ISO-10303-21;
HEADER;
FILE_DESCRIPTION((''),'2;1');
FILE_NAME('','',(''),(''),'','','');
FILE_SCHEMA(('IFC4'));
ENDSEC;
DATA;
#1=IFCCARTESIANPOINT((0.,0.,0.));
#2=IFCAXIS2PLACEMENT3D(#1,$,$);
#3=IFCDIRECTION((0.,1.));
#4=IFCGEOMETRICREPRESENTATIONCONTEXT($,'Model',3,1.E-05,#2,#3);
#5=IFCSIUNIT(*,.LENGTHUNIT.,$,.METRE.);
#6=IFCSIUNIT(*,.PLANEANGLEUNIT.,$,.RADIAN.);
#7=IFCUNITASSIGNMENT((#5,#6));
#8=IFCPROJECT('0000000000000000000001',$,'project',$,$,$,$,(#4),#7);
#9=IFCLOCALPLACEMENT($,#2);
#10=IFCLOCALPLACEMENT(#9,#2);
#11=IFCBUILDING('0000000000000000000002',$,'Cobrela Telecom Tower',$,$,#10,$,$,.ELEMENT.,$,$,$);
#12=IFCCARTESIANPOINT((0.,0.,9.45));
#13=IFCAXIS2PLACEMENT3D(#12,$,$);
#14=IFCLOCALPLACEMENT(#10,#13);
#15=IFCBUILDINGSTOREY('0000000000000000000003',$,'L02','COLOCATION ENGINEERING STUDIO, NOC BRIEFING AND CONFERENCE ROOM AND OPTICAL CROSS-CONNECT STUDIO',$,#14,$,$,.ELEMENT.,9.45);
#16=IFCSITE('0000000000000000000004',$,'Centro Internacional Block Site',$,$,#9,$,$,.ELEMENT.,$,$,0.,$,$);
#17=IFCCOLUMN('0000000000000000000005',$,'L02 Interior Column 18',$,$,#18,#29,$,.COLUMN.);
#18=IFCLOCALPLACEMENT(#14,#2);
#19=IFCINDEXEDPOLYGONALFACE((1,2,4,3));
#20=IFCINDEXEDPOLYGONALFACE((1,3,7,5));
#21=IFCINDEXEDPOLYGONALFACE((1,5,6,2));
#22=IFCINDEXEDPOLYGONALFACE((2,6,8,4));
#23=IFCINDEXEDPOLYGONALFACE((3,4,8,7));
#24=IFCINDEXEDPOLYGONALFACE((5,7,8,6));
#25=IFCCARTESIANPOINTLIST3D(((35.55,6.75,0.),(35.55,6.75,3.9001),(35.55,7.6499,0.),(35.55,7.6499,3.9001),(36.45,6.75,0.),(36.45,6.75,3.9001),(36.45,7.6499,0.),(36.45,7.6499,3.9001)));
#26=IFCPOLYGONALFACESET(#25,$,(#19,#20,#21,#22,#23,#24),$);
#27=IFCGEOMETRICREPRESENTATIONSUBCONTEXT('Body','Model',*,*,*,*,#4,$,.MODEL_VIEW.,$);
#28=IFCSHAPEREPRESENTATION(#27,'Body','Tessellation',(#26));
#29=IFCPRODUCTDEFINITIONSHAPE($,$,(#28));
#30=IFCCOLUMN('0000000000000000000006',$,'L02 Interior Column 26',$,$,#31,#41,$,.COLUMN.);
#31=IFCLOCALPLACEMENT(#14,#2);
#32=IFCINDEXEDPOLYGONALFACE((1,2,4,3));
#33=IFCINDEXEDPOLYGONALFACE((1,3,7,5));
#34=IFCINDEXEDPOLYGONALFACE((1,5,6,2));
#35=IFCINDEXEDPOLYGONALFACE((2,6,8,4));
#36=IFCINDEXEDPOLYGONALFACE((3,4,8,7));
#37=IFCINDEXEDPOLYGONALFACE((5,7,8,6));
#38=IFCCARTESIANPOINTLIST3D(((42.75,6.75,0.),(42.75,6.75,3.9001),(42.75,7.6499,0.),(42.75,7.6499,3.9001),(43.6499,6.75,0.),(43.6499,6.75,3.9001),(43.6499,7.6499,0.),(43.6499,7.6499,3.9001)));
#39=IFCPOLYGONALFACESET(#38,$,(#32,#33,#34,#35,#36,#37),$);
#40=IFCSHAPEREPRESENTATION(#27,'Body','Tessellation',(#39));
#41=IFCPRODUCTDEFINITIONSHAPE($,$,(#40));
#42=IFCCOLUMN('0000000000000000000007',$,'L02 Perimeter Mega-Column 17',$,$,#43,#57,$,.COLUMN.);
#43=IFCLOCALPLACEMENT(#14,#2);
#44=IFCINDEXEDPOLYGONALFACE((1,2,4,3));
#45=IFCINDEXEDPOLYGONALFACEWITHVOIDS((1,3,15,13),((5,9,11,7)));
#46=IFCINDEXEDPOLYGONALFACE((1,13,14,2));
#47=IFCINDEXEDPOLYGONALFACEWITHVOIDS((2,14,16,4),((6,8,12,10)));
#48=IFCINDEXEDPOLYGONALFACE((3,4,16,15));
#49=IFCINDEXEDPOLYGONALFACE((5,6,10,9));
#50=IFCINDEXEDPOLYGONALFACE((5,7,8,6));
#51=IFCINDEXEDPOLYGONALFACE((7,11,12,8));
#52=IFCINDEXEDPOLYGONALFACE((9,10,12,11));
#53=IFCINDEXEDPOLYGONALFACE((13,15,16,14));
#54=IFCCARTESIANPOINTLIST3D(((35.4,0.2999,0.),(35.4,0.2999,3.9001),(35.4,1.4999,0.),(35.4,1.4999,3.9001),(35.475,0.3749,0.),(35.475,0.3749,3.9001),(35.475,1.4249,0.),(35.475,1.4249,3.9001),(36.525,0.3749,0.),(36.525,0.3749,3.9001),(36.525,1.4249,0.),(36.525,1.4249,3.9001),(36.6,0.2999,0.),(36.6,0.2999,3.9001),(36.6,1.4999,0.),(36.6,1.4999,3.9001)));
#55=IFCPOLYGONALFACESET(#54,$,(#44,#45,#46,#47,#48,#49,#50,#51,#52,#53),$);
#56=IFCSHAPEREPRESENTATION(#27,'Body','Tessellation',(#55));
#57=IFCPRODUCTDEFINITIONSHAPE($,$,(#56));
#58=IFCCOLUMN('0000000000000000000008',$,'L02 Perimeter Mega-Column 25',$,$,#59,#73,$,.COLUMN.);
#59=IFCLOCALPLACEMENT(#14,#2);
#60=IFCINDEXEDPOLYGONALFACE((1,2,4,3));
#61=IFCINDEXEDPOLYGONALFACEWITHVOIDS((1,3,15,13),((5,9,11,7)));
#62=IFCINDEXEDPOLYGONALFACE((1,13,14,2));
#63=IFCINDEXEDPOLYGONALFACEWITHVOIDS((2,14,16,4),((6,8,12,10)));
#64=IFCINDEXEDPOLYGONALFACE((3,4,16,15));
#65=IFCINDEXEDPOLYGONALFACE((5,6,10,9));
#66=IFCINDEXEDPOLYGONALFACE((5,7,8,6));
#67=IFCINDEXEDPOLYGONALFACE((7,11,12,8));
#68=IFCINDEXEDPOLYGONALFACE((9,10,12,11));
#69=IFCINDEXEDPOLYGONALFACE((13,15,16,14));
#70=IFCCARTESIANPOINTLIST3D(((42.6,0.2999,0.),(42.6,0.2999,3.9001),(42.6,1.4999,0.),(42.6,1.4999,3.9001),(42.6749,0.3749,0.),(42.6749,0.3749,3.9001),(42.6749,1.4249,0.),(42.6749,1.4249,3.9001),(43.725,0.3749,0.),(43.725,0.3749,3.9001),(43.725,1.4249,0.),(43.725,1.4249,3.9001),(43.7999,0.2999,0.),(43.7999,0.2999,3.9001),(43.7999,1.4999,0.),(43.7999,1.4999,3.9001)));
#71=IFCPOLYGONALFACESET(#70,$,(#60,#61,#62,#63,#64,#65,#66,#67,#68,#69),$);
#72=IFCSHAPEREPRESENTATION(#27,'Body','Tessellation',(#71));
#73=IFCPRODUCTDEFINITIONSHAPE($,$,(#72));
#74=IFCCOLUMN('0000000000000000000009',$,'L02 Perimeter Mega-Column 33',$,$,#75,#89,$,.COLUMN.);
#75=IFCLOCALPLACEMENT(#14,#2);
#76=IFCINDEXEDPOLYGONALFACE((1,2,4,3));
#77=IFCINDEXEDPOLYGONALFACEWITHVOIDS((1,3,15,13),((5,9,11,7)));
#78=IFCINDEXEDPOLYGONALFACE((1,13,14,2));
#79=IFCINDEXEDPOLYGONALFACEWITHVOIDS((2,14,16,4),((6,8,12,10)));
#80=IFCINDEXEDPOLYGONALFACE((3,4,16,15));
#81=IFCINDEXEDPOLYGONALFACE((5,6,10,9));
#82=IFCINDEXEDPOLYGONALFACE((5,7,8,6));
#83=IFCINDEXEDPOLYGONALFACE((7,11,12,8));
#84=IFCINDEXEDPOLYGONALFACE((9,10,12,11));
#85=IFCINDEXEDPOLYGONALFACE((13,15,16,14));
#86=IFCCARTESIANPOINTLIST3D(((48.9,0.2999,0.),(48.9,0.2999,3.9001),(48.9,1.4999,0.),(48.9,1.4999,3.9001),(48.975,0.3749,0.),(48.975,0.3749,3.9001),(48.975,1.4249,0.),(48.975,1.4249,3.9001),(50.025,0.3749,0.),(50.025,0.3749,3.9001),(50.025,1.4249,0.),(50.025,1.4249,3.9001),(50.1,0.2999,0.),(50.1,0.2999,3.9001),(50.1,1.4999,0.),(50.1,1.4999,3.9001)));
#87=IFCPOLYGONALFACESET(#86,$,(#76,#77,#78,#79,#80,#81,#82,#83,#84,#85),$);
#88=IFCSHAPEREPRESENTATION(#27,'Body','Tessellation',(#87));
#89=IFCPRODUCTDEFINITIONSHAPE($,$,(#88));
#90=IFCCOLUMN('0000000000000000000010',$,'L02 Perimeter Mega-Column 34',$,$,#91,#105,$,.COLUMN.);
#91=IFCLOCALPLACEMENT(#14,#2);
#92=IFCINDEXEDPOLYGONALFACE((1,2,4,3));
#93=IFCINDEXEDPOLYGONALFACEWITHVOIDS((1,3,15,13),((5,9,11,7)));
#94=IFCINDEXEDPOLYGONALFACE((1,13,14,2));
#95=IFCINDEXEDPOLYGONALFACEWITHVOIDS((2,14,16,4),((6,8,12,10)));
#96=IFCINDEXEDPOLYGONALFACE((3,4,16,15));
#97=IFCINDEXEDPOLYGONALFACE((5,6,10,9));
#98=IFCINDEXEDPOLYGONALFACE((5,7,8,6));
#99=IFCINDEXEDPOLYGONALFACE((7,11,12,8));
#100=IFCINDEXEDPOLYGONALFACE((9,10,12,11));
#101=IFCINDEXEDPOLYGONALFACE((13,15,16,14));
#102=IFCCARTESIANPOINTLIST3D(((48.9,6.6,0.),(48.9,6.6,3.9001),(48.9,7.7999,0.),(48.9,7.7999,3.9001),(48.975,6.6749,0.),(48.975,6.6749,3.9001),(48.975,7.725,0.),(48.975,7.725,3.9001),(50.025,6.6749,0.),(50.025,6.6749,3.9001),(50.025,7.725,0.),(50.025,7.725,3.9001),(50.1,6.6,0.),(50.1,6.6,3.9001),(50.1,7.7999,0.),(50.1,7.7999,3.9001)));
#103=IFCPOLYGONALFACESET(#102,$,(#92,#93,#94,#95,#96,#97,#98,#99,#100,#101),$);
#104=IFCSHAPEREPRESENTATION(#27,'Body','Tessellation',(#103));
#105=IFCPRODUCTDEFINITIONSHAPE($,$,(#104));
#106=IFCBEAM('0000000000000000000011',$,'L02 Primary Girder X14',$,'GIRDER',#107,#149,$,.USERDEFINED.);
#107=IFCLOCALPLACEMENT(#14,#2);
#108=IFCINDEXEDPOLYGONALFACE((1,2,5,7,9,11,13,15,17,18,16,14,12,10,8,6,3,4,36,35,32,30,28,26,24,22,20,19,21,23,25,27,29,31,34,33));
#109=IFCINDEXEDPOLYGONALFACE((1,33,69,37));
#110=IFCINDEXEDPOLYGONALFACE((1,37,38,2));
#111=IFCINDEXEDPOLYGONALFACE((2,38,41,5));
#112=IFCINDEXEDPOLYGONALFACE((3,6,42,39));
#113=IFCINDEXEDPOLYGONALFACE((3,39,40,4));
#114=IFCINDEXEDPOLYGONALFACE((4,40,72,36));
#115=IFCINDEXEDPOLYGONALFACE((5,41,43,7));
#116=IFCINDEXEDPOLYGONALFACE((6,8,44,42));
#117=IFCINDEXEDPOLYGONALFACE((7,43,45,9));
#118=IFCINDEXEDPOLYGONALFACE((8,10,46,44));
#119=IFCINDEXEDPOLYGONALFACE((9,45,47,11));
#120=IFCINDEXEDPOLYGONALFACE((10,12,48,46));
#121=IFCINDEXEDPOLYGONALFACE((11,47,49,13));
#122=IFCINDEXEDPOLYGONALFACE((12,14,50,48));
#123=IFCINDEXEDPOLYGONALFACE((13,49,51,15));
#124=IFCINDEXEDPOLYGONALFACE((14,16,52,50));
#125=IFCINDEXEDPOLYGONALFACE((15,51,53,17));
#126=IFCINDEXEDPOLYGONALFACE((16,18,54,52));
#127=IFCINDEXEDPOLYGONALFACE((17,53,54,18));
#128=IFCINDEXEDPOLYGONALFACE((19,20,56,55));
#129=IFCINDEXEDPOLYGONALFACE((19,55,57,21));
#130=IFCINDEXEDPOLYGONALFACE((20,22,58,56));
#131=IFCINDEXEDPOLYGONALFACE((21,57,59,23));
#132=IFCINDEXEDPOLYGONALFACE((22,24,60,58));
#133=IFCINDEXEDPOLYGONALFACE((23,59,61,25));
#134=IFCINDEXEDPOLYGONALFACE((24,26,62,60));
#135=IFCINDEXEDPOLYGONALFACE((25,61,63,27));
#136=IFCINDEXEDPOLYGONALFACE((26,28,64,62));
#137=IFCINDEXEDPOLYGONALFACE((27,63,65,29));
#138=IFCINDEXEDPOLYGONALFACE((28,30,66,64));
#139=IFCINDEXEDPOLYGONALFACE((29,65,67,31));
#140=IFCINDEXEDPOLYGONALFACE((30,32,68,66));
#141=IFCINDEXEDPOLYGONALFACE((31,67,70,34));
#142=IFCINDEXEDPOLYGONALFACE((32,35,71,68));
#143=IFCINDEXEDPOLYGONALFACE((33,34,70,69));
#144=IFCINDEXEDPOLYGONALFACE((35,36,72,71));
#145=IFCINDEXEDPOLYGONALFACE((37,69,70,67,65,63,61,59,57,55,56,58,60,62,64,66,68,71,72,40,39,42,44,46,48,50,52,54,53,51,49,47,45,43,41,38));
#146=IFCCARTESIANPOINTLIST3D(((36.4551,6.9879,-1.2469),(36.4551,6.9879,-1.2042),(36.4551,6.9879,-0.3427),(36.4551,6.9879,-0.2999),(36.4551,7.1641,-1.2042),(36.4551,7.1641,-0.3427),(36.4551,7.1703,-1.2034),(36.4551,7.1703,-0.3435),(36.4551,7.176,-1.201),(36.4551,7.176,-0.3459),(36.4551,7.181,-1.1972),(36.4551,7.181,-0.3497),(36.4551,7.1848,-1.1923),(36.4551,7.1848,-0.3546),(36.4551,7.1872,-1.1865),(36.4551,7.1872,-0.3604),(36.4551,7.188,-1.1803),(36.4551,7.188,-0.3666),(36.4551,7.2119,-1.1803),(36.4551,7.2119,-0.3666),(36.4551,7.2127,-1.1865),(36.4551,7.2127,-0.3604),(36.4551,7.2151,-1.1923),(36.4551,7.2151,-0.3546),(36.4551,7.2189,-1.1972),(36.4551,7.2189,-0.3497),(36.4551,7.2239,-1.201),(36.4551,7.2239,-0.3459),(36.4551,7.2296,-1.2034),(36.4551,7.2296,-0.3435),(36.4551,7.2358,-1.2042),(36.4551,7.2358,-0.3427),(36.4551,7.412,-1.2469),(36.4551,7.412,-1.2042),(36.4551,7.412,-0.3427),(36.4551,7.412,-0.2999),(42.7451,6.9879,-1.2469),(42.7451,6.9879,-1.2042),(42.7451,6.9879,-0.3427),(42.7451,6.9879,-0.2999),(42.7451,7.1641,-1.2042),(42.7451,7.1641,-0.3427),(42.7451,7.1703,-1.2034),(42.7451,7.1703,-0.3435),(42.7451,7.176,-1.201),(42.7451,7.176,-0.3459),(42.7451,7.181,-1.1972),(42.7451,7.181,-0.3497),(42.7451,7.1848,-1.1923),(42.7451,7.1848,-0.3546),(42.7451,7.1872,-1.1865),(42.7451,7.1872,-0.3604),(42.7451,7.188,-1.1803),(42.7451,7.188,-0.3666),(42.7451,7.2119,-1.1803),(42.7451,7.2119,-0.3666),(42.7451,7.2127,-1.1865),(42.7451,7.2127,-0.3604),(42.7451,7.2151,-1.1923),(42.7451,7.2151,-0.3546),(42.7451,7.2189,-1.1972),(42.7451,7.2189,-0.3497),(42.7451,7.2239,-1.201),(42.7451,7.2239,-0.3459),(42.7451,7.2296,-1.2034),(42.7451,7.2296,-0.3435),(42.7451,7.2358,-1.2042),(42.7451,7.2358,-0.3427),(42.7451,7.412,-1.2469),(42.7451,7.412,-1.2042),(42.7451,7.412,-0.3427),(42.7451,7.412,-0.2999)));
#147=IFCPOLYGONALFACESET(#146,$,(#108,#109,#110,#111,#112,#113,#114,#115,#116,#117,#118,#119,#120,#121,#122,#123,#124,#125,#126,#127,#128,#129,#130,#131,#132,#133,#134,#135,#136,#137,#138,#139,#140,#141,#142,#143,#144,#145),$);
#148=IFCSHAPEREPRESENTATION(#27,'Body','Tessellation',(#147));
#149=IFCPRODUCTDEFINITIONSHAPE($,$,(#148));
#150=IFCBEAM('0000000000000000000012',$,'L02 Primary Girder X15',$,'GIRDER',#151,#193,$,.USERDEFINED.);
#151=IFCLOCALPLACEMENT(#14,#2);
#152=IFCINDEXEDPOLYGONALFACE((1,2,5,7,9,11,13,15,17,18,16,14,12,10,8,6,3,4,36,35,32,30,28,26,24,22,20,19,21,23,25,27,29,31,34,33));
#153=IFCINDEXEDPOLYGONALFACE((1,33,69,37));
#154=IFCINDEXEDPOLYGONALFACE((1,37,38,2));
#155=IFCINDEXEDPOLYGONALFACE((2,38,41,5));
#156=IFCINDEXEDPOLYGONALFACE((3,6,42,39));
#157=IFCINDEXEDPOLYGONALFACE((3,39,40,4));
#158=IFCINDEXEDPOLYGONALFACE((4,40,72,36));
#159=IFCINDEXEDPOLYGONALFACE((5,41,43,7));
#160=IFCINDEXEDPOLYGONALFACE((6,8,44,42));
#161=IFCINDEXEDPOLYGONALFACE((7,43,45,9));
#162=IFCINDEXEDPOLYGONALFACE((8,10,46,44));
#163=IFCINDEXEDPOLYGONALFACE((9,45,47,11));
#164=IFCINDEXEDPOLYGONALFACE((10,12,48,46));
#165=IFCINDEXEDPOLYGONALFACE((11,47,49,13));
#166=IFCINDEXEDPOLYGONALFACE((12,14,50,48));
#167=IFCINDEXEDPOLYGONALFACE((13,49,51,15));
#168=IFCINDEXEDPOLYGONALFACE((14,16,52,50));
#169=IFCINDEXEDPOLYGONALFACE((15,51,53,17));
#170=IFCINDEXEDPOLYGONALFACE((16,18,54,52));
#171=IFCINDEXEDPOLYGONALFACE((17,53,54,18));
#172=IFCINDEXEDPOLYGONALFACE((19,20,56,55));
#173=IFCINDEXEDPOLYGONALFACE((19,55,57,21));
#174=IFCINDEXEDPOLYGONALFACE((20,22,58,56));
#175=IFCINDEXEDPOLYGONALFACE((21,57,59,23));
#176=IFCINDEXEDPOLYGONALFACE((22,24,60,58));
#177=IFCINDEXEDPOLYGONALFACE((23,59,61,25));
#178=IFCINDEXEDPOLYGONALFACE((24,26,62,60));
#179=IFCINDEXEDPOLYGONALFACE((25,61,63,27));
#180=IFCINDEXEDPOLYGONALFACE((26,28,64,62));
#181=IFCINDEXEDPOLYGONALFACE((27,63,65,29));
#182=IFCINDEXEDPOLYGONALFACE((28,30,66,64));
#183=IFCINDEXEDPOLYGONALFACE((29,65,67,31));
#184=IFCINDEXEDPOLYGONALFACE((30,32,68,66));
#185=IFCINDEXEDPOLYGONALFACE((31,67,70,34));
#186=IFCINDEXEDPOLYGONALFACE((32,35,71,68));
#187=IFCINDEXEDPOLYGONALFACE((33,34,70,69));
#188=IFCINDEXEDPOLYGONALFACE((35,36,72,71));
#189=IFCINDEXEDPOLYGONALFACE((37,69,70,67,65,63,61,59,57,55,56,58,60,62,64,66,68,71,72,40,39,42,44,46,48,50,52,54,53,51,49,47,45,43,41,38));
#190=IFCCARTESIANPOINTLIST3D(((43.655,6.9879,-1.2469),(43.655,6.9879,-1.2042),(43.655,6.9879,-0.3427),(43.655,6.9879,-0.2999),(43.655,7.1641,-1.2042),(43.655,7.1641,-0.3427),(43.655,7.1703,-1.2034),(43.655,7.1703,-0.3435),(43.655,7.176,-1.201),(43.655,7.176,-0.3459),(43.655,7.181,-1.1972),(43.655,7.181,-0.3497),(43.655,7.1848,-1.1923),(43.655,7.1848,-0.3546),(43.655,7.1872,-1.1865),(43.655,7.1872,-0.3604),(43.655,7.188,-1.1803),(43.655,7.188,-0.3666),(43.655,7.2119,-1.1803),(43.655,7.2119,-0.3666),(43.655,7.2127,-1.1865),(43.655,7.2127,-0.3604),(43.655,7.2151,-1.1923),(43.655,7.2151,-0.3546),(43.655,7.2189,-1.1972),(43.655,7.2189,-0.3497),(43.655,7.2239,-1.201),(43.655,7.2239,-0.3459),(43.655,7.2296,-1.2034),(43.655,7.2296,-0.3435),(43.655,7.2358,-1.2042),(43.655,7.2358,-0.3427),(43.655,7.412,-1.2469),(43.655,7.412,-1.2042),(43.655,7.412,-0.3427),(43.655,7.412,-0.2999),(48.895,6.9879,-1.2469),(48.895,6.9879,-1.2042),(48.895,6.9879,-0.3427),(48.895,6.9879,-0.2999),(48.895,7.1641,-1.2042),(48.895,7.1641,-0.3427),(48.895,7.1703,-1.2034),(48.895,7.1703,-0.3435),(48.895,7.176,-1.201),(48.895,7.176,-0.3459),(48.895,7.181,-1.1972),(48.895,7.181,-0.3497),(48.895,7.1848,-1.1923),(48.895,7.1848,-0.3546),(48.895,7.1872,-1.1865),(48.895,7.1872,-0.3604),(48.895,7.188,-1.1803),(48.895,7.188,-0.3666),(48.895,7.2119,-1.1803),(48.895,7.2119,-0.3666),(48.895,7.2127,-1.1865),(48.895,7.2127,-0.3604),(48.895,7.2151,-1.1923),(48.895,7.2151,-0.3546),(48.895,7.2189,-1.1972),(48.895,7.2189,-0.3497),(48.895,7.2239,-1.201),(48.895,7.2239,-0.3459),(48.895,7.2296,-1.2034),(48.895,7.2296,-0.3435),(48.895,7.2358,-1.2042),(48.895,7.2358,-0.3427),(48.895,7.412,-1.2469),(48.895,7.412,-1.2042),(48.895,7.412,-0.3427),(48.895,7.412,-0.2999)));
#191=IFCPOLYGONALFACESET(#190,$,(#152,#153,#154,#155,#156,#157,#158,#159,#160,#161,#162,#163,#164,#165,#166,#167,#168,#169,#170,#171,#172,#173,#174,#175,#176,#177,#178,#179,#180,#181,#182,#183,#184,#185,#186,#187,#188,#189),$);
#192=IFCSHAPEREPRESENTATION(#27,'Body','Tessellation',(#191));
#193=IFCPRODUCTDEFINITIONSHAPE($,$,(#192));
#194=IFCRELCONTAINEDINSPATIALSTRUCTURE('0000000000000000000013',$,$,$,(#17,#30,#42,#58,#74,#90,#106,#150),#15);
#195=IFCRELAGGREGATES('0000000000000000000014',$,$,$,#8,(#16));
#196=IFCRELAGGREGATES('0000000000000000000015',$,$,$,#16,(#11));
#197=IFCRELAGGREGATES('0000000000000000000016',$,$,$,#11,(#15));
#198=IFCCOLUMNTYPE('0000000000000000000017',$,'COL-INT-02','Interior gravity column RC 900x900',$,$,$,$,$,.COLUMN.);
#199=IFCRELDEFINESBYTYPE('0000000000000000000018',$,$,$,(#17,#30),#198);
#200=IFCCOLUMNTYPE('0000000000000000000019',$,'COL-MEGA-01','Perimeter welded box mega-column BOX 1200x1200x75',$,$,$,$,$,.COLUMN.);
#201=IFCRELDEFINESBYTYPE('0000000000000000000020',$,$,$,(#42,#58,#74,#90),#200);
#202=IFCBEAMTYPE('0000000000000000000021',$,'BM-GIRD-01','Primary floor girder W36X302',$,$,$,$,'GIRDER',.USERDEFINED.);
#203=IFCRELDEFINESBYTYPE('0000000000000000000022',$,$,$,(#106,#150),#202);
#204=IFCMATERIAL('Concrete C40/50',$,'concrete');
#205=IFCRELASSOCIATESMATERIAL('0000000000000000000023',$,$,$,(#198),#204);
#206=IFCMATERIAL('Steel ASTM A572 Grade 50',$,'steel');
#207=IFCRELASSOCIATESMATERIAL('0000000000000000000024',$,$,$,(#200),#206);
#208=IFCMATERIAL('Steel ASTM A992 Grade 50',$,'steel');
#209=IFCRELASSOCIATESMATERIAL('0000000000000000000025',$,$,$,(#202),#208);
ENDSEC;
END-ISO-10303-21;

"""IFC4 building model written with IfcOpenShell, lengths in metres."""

from ifc_helpers import new_model, si_unit, direction, frame, origin, origin_2d, place, context, subcontext, project, spatial, rectangle, hollow_rectangle, i_section, extrude, material, material_profile, profile_set, type_object, element, save


model = new_model("IFC4")

# Units and contexts
model_context = context("Model", 3, precision=1e-05, world=origin(), true_north=direction((0.0, 1.0)))
body_context = subcontext(model_context, "Body", "Model", "MODEL_VIEW")
ifc_project = project(units=[si_unit("LENGTHUNIT", "METRE"), si_unit("PLANEANGLEUNIT", "RADIAN")], contexts=[model_context])

# Site, building, storey
site_placement = place(None, origin())
site = spatial("IfcSite", under=ifc_project, at=site_placement, Name="Centro Internacional Block Site", CompositionType="ELEMENT", RefElevation=0.0)
building_placement = place(site_placement, origin())
building = spatial("IfcBuilding", under=site, at=building_placement, Name="Cobrela Telecom Tower", CompositionType="ELEMENT")
storey_placement = place(building_placement, frame((0.0, 0.0, 9.45)))
storey = spatial("IfcBuildingStorey", under=building, at=storey_placement, Name="L02", Description="COLOCATION ENGINEERING STUDIO, NOC BRIEFING AND CONFERENCE ROOM AND OPTICAL CROSS-CONNECT STUDIO", CompositionType="ELEMENT", Elevation=9.45)

# Columns
ifc_material_1 = material(Name="Concrete C40/50", Category="concrete")
ifc_material_profile_1 = material_profile(ifc_material_1, rectangle(XDim=0.8999, YDim=0.8999, at=origin_2d()), Name="RC 900x900")
ifc_profile_set_1 = profile_set([ifc_material_profile_1], Name="Concrete C40/50")
column_type_1 = type_object("IfcColumnType", Name="COL-INT-02", Description="Interior gravity column RC 900x900", PredefinedType="COLUMN", material=ifc_profile_set_1)
for number, where, z_axis, x_axis, name in (
    (1, (36.0, 7.2, 0.0), (0.0, 0.0, 1.0), (1.0, 0.0, 0.0), "L02 Interior Column 18"),
    (2, (43.2, 7.2, 0.0), (0.0, 0.0, 1.0), (1.0, 0.0, 0.0), "L02 Interior Column 26"),
):
    element("IfcColumn", number, at=place(storey_placement, frame(where, z_axis=z_axis, x_axis=x_axis)), inside=storey, type_object=column_type_1, Name=name, PredefinedType="COLUMN", context=body_context, shape_type="SweptSolid", body=[
        extrude(rectangle(XDim=0.8999, YDim=0.8999, at=origin_2d()), origin(), (0.0, 0.0, 1.0), 3.9001),
    ])
ifc_material_2 = material(Name="Steel ASTM A572 Grade 50", Category="steel")
ifc_material_profile_2 = material_profile(ifc_material_2, hollow_rectangle(XDim=1.2, YDim=1.2, WallThickness=0.075, at=origin_2d()), Name="BOX 1200x1200x75")
ifc_profile_set_2 = profile_set([ifc_material_profile_2], Name="Steel ASTM A572 Grade 50")
column_type_2 = type_object("IfcColumnType", Name="COL-MEGA-01", Description="Perimeter welded box mega-column BOX 1200x1200x75", PredefinedType="COLUMN", material=ifc_profile_set_2)
for number, where, z_axis, x_axis, name in (
    (3, (36.0, 0.8999, 0.0), (0.0, 0.0, 1.0), (1.0, 0.0, 0.0), "L02 Perimeter Mega-Column 17"),
    (4, (43.2, 0.8999, 0.0), (0.0, 0.0, 1.0), (1.0, 0.0, 0.0), "L02 Perimeter Mega-Column 25"),
    (5, (49.5, 0.8999, 0.0), (0.0, 0.0, 1.0), (1.0, 0.0, 0.0), "L02 Perimeter Mega-Column 33"),
    (6, (49.5, 7.2, 0.0), (0.0, 0.0, 1.0), (1.0, 0.0, 0.0), "L02 Perimeter Mega-Column 34"),
):
    element("IfcColumn", number, at=place(storey_placement, frame(where, z_axis=z_axis, x_axis=x_axis)), inside=storey, type_object=column_type_2, Name=name, PredefinedType="COLUMN", context=body_context, shape_type="SweptSolid", body=[
        extrude(hollow_rectangle(XDim=1.2, YDim=1.2, WallThickness=0.075, at=origin_2d()), origin(), (0.0, 0.0, 1.0), 3.9001),
    ])

# Beams
ifc_material_3 = material(Name="Steel ASTM A992 Grade 50", Category="steel")
ifc_material_profile_3 = material_profile(ifc_material_3, i_section(OverallWidth=0.4241, OverallDepth=0.947, WebThickness=0.0239, FlangeThickness=0.0427, FilletRadius=0.0239, at=origin_2d()), Name="W36X302")
ifc_profile_set_3 = profile_set([ifc_material_profile_3], Name="Steel ASTM A992 Grade 50")
beam_type_1 = type_object("IfcBeamType", Name="BM-GIRD-01", Description="Primary floor girder W36X302", ElementType="GIRDER", PredefinedType="USERDEFINED", material=ifc_profile_set_3)
beam_1_placement = place(storey_placement, frame((36.4551, 7.2, -0.7734), z_axis=(1.0, 0.0, 0.0), x_axis=(0.0, 1.0, 0.0)))
element("IfcBeam", 7, at=beam_1_placement, inside=storey, type_object=beam_type_1, Name="L02 Primary Girder X14", ObjectType="GIRDER", PredefinedType="USERDEFINED", context=body_context, shape_type="SweptSolid", body=[
    extrude(i_section(OverallWidth=0.4241, OverallDepth=0.947, WebThickness=0.0239, FlangeThickness=0.0427, FilletRadius=0.0239, at=origin_2d()), origin(), (0.0, 0.0, 1.0), 6.29),
])
beam_2_placement = place(storey_placement, frame((43.655, 7.2, -0.7734), z_axis=(1.0, 0.0, 0.0), x_axis=(0.0, 1.0, 0.0)))
element("IfcBeam", 8, at=beam_2_placement, inside=storey, type_object=beam_type_1, Name="L02 Primary Girder X15", ObjectType="GIRDER", PredefinedType="USERDEFINED", context=body_context, shape_type="SweptSolid", body=[
    extrude(i_section(OverallWidth=0.4241, OverallDepth=0.947, WebThickness=0.0239, FlangeThickness=0.0427, FilletRadius=0.0239, at=origin_2d()), origin(), (0.0, 0.0, 1.0), 5.24),
])

save(model, "model.ifc")
